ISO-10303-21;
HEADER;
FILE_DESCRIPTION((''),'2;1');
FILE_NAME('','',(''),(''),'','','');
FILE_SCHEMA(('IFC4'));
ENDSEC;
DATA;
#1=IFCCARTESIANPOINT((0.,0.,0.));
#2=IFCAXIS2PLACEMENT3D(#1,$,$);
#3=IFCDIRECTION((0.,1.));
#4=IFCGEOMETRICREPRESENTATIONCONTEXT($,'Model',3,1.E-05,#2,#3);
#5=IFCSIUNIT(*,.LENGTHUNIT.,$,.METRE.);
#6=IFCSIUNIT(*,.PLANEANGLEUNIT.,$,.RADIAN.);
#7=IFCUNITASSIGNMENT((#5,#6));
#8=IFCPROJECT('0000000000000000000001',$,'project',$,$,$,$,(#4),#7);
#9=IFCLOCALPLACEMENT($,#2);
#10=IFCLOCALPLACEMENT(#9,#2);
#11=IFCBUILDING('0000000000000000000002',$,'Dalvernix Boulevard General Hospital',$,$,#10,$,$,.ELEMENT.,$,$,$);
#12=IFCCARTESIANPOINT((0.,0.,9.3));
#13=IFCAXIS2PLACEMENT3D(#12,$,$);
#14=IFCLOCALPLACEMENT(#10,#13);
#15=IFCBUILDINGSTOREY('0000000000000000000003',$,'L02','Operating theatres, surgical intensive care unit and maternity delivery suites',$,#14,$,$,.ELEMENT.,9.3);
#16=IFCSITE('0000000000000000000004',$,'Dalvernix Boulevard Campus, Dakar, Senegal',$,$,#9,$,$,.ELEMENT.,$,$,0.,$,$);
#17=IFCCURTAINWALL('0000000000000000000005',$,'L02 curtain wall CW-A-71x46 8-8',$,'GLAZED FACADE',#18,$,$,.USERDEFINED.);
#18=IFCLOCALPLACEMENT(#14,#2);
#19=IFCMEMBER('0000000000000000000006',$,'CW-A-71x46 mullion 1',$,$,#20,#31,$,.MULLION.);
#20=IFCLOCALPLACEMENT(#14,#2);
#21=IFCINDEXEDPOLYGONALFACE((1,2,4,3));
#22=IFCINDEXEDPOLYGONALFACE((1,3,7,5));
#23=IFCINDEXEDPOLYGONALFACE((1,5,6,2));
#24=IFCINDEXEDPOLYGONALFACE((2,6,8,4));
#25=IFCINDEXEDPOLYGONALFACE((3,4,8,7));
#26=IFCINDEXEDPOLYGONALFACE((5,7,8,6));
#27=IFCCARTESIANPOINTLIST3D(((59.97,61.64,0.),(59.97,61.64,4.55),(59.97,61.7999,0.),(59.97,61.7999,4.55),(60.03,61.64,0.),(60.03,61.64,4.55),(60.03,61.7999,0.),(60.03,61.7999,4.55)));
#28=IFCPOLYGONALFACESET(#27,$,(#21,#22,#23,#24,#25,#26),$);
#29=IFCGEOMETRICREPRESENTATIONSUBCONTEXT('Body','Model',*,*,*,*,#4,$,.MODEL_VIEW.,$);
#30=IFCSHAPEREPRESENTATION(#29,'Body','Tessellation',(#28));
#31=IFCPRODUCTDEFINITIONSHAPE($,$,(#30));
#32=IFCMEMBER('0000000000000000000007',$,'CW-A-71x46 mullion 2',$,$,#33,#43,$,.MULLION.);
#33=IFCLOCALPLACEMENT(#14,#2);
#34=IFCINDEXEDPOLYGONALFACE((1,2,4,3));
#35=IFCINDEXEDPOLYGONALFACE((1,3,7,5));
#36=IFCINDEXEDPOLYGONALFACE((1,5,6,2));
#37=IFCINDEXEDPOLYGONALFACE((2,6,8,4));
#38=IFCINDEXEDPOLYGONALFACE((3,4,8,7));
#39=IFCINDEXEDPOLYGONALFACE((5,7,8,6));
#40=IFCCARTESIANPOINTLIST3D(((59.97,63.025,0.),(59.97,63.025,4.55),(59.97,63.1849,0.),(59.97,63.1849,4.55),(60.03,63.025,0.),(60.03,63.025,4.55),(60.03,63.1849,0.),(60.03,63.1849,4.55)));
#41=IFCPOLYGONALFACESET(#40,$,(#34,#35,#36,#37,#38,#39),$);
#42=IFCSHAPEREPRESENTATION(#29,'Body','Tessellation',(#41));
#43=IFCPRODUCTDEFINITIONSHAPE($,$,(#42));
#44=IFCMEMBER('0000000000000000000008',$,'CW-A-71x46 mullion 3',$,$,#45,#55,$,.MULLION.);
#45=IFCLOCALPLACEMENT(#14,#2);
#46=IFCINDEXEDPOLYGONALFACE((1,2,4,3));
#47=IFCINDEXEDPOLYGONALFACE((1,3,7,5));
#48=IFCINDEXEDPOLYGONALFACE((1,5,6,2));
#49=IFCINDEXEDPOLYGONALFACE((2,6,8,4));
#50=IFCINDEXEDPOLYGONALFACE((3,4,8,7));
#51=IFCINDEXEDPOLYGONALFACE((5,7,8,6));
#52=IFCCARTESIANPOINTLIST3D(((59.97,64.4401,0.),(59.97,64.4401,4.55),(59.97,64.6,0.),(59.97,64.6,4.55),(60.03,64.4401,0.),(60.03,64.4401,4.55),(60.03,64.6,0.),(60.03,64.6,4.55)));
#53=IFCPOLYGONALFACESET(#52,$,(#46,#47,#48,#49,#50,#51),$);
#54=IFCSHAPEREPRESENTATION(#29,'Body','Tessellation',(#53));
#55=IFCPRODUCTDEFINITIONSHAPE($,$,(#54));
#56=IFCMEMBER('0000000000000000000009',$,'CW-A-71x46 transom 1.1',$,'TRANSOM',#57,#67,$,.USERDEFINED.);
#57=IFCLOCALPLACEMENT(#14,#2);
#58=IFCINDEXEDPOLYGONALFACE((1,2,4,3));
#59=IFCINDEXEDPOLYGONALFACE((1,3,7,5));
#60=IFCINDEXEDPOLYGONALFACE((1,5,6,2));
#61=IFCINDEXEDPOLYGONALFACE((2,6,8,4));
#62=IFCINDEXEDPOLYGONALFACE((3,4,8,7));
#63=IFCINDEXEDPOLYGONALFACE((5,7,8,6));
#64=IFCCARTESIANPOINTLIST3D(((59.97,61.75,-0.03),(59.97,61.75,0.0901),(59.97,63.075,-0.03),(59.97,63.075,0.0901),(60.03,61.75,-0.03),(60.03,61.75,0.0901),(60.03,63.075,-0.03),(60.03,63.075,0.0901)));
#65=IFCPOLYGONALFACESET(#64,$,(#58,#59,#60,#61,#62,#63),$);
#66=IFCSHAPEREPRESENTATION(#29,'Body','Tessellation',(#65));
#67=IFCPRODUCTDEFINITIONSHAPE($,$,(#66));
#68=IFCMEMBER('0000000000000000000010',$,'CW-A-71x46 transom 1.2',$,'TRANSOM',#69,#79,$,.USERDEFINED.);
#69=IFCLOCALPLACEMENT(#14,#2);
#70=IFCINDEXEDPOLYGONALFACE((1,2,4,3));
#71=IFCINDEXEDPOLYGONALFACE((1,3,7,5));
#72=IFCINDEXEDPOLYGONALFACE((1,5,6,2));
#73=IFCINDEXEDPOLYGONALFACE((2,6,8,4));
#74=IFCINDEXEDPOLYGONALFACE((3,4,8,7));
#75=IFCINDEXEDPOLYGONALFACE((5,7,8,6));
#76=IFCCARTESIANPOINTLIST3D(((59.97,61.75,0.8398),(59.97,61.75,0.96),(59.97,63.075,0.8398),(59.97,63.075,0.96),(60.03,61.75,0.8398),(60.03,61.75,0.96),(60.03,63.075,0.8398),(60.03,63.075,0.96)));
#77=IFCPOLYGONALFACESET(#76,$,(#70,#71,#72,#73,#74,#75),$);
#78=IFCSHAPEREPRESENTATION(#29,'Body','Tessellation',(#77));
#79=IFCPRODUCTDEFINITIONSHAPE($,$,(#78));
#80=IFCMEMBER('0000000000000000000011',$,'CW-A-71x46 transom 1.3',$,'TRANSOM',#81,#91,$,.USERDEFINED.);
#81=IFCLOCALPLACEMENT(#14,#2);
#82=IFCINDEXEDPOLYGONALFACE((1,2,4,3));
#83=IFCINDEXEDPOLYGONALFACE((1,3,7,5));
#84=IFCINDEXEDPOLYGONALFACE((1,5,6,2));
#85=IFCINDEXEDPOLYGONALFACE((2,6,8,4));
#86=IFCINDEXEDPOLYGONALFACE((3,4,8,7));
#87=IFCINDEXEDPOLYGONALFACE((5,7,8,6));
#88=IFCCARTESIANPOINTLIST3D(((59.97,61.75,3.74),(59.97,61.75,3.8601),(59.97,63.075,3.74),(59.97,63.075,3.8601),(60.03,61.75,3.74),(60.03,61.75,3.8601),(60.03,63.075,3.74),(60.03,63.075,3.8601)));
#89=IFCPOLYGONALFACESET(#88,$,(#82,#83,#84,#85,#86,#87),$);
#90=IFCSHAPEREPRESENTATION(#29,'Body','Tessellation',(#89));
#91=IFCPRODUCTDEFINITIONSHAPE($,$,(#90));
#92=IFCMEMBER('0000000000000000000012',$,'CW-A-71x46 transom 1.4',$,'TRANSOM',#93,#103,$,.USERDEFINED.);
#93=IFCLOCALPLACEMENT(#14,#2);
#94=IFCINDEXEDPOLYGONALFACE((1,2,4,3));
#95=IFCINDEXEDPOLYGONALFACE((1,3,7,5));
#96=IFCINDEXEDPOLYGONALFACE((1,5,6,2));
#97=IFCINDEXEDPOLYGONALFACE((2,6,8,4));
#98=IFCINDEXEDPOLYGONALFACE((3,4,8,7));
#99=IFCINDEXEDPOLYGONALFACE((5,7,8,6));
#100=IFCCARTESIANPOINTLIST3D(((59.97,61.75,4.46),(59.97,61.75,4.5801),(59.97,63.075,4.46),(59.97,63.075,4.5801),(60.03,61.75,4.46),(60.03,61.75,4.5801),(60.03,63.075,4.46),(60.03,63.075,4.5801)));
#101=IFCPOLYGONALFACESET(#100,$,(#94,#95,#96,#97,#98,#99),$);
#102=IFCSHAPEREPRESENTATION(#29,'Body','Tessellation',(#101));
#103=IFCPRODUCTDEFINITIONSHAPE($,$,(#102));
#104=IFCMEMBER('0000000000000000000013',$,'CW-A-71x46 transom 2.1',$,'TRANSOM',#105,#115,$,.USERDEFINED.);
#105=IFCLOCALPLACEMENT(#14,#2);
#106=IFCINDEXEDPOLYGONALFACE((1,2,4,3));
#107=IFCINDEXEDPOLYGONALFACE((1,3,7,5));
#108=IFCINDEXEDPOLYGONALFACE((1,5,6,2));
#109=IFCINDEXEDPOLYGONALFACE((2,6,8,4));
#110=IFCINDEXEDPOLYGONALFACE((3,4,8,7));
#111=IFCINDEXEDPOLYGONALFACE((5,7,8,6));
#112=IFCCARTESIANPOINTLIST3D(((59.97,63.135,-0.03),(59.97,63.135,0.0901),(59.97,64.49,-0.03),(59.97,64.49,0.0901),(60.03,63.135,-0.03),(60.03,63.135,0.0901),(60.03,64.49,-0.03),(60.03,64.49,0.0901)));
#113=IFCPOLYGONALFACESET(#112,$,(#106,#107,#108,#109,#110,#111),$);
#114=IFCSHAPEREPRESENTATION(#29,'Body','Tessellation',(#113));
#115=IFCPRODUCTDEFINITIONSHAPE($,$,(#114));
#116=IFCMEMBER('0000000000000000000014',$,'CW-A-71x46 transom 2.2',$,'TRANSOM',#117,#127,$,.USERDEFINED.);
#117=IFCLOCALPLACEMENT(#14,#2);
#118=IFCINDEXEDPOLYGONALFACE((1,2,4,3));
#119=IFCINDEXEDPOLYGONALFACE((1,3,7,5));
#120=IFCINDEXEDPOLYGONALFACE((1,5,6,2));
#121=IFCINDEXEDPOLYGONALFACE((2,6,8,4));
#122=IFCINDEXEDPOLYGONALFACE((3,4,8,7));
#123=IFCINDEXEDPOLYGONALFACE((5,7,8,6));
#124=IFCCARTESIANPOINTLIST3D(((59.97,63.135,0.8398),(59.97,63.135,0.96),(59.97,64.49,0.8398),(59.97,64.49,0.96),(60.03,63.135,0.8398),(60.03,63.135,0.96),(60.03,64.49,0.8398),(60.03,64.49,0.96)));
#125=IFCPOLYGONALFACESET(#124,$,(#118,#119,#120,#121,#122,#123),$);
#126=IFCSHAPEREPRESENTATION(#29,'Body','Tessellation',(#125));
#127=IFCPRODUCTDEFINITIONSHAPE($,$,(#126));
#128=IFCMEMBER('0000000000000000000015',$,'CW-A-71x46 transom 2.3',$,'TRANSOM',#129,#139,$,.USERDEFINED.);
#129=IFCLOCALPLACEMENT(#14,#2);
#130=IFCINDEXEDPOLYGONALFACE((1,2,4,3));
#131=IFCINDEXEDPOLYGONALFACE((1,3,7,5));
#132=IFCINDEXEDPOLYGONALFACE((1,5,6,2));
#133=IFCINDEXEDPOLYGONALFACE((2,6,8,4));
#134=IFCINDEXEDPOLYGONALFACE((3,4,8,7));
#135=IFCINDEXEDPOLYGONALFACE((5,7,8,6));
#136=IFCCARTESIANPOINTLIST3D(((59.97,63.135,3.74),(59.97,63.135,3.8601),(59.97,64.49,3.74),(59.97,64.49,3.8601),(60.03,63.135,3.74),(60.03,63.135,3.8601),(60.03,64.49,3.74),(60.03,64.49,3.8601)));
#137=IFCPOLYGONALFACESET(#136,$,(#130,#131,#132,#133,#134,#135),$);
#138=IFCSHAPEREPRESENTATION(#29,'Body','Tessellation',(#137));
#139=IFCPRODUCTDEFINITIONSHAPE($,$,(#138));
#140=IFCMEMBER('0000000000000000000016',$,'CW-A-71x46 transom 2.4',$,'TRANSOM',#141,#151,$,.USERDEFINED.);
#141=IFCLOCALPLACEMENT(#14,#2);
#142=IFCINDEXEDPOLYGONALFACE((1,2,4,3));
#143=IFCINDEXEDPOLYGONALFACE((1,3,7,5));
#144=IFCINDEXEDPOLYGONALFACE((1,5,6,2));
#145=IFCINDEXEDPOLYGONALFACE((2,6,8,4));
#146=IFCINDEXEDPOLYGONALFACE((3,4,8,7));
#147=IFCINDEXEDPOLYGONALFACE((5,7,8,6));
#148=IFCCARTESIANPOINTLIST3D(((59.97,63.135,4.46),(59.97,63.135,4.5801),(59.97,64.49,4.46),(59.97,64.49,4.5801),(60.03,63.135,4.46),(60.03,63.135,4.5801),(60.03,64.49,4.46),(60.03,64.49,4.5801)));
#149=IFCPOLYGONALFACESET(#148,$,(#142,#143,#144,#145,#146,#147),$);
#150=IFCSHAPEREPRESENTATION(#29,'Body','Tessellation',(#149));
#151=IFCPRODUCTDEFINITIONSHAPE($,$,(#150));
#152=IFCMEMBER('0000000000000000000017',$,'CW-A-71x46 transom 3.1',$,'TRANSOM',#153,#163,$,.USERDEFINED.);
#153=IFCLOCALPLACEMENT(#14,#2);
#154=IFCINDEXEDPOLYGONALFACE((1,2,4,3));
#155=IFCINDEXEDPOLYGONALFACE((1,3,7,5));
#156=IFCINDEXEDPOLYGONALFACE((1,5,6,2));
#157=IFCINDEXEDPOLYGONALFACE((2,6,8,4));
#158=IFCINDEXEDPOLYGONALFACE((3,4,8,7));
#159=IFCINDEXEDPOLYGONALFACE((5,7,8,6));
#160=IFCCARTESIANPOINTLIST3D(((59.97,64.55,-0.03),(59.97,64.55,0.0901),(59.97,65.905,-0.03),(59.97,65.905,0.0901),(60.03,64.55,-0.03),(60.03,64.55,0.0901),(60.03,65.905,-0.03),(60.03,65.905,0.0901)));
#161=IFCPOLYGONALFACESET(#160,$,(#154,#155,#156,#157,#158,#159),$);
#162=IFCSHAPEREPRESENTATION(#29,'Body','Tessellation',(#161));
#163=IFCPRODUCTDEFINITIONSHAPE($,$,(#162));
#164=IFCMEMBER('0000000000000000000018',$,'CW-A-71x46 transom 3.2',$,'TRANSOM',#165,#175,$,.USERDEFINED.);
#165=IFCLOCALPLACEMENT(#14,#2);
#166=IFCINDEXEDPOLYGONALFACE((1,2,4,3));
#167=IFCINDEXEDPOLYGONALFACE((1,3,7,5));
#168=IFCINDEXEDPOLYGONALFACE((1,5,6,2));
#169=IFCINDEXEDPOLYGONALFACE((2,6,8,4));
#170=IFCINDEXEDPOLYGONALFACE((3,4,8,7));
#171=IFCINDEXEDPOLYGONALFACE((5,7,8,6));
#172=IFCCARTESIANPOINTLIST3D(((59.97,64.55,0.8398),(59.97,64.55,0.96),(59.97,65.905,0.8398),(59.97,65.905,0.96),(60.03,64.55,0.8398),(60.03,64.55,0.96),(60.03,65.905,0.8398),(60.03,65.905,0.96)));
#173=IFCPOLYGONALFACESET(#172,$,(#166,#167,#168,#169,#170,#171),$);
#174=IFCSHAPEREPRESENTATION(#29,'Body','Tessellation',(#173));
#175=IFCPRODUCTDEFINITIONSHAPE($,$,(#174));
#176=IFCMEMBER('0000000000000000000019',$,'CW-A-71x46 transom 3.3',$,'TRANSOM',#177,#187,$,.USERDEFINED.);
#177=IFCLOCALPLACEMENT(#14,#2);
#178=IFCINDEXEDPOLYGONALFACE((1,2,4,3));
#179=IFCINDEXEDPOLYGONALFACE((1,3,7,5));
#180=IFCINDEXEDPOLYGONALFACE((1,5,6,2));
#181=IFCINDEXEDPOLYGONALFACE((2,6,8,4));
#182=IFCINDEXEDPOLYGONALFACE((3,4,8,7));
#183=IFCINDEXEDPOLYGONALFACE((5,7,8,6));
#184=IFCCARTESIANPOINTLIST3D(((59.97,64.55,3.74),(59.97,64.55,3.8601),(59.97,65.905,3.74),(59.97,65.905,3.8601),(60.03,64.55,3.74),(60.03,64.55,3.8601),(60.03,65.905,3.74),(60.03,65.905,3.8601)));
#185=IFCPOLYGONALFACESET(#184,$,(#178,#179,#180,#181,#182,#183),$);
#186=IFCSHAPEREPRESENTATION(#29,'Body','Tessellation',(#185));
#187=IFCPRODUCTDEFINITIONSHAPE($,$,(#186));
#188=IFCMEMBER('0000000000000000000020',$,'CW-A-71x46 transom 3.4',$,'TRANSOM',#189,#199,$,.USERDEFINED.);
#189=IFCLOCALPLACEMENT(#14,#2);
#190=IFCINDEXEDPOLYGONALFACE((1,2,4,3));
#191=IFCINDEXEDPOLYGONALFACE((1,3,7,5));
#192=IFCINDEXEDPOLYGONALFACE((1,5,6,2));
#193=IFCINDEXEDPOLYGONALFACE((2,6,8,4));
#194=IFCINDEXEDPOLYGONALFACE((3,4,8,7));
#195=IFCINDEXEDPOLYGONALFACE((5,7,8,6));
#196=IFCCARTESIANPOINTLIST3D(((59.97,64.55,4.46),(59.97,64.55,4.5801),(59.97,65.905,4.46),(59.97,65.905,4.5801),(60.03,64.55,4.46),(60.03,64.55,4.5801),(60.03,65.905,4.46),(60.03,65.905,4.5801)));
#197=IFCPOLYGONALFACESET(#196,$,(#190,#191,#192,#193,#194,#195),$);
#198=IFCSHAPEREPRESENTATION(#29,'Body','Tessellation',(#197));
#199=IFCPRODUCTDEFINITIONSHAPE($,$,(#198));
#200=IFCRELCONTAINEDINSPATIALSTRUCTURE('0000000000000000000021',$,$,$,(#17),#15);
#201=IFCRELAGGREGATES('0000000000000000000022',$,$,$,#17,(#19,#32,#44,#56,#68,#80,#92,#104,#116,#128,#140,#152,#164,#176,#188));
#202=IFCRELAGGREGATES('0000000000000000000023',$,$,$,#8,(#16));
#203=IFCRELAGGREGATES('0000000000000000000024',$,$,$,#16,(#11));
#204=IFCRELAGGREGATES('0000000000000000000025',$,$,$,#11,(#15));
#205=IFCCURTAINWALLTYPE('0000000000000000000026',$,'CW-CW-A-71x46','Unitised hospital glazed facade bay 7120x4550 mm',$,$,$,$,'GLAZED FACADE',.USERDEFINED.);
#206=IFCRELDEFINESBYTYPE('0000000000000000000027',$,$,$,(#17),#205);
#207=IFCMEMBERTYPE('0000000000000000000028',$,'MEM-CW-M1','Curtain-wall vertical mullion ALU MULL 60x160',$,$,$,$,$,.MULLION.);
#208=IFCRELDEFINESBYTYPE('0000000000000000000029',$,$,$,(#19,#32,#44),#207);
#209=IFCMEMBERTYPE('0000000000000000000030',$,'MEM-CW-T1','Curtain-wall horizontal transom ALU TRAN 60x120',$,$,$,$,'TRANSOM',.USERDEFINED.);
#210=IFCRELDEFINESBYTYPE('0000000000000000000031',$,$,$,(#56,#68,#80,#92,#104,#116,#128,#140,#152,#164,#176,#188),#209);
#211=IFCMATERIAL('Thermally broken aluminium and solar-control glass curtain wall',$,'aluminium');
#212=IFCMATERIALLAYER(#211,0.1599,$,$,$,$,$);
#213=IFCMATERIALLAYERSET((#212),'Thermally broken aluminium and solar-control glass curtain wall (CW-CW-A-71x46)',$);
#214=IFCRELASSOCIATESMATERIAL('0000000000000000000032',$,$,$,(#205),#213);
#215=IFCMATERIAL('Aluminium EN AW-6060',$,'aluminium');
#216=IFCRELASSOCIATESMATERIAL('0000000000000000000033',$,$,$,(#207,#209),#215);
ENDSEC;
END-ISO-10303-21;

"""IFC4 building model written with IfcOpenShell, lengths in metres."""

from ifc_helpers import new_model, si_unit, direction, frame, origin, origin_2d, place, context, subcontext, project, spatial, rectangle, extrude, material, layer, layer_set, material_profile, profile_set, type_object, element, aggregate, save


model = new_model("IFC4")

# Units and contexts
model_context = context("Model", 3, precision=1e-05, world=origin(), true_north=direction((0.0, 1.0)))
body_context = subcontext(model_context, "Body", "Model", "MODEL_VIEW")
ifc_project = project(units=[si_unit("LENGTHUNIT", "METRE"), si_unit("PLANEANGLEUNIT", "RADIAN")], contexts=[model_context])

# Site, building, storey
site_placement = place(None, origin())
site = spatial("IfcSite", under=ifc_project, at=site_placement, Name="Dalvernix Boulevard Campus, Dakar, Senegal", CompositionType="ELEMENT", RefElevation=0.0)
building_placement = place(site_placement, origin())
building = spatial("IfcBuilding", under=site, at=building_placement, Name="Dalvernix Boulevard General Hospital", CompositionType="ELEMENT")
storey_placement = place(building_placement, frame((0.0, 0.0, 9.3)))
storey = spatial("IfcBuildingStorey", under=building, at=storey_placement, Name="L02", Description="Operating theatres, surgical intensive care unit and maternity delivery suites", CompositionType="ELEMENT", Elevation=9.3)

# Curtain wall, members
ifc_material_1 = material(Name="Thermally broken aluminium and solar-control glass curtain wall", Category="aluminium")
ifc_layer_1 = layer(ifc_material_1, 0.1599)
ifc_layer_set_1 = layer_set([ifc_layer_1], Name="Thermally broken aluminium and solar-control glass curtain wall (CW-CW-A-71x46)")
curtain_wall_type = type_object("IfcCurtainWallType", Name="CW-CW-A-71x46", Description="Unitised hospital glazed facade bay 7120x4550 mm", ElementType="GLAZED FACADE", PredefinedType="USERDEFINED", material=ifc_layer_set_1)
curtain_wall_placement = place(storey_placement, origin())
curtain_wall = element("IfcCurtainWall", 1, at=curtain_wall_placement, inside=storey, type_object=curtain_wall_type, Name="L02 curtain wall CW-A-71x46 8-8", ObjectType="GLAZED FACADE", PredefinedType="USERDEFINED")
ifc_material_2 = material(Name="Aluminium EN AW-6060", Category="aluminium")
ifc_material_profile_1 = material_profile(ifc_material_2, rectangle(XDim=0.0601, YDim=0.1599, at=origin_2d()), Name="ALU MULL 60x160")
ifc_profile_set_1 = profile_set([ifc_material_profile_1], Name="Aluminium EN AW-6060")
member_type_1 = type_object("IfcMemberType", Name="MEM-CW-M1", Description="Curtain-wall vertical mullion ALU MULL 60x160", PredefinedType="MULLION", material=ifc_profile_set_1)
member_1_placement = place(storey_placement, frame((60.0, 61.72, 0.0), z_axis=(0.0, 0.0, 1.0), x_axis=(-1.0, 0.0, 0.0)))
member_1 = element("IfcMember", 2, at=member_1_placement, type_object=member_type_1, Name="CW-A-71x46 mullion 1", PredefinedType="MULLION", context=body_context, shape_type="SweptSolid", body=[
    extrude(rectangle(XDim=0.0601, YDim=0.1599, at=origin_2d()), origin(), (0.0, 0.0, 1.0), 4.55),
])
member_2_placement = place(storey_placement, frame((60.0, 63.105, 0.0), z_axis=(0.0, 0.0, 1.0), x_axis=(-1.0, 0.0, 0.0)))
member_2 = element("IfcMember", 3, at=member_2_placement, type_object=member_type_1, Name="CW-A-71x46 mullion 2", PredefinedType="MULLION", context=body_context, shape_type="SweptSolid", body=[
    extrude(rectangle(XDim=0.0601, YDim=0.1599, at=origin_2d()), origin(), (0.0, 0.0, 1.0), 4.55),
])
member_3_placement = place(storey_placement, frame((60.0, 64.52, 0.0), z_axis=(0.0, 0.0, 1.0), x_axis=(-1.0, 0.0, 0.0)))
member_3 = element("IfcMember", 4, at=member_3_placement, type_object=member_type_1, Name="CW-A-71x46 mullion 3", PredefinedType="MULLION", context=body_context, shape_type="SweptSolid", body=[
    extrude(rectangle(XDim=0.0601, YDim=0.1599, at=origin_2d()), origin(), (0.0, 0.0, 1.0), 4.55),
])
ifc_material_profile_2 = material_profile(ifc_material_2, rectangle(XDim=0.0601, YDim=0.1201, at=origin_2d()), Name="ALU TRAN 60x120")
ifc_profile_set_2 = profile_set([ifc_material_profile_2], Name="Aluminium EN AW-6060")
member_type_2 = type_object("IfcMemberType", Name="MEM-CW-T1", Description="Curtain-wall horizontal transom ALU TRAN 60x120", ElementType="TRANSOM", PredefinedType="USERDEFINED", material=ifc_profile_set_2)
member_4_placement = place(storey_placement, frame((60.0, 61.75, 0.03), z_axis=(0.0, 1.0, 0.0), x_axis=(-1.0, 0.0, 0.0)))
member_4 = element("IfcMember", 5, at=member_4_placement, type_object=member_type_2, Name="CW-A-71x46 transom 1.1", ObjectType="TRANSOM", PredefinedType="USERDEFINED", context=body_context, shape_type="SweptSolid", body=[
    extrude(rectangle(XDim=0.0601, YDim=0.1201, at=origin_2d()), origin(), (0.0, 0.0, 1.0), 1.325),
])
member_5_placement = place(storey_placement, frame((60.0, 61.75, 0.8999), z_axis=(0.0, 1.0, 0.0), x_axis=(-1.0, 0.0, 0.0)))
member_5 = element("IfcMember", 6, at=member_5_placement, type_object=member_type_2, Name="CW-A-71x46 transom 1.2", ObjectType="TRANSOM", PredefinedType="USERDEFINED", context=body_context, shape_type="SweptSolid", body=[
    extrude(rectangle(XDim=0.0601, YDim=0.1201, at=origin_2d()), origin(), (0.0, 0.0, 1.0), 1.325),
])
member_6_placement = place(storey_placement, frame((60.0, 61.75, 3.8), z_axis=(0.0, 1.0, 0.0), x_axis=(-1.0, 0.0, 0.0)))
member_6 = element("IfcMember", 7, at=member_6_placement, type_object=member_type_2, Name="CW-A-71x46 transom 1.3", ObjectType="TRANSOM", PredefinedType="USERDEFINED", context=body_context, shape_type="SweptSolid", body=[
    extrude(rectangle(XDim=0.0601, YDim=0.1201, at=origin_2d()), origin(), (0.0, 0.0, 1.0), 1.325),
])
member_7_placement = place(storey_placement, frame((60.0, 61.75, 4.52), z_axis=(0.0, 1.0, 0.0), x_axis=(-1.0, 0.0, 0.0)))
member_7 = element("IfcMember", 8, at=member_7_placement, type_object=member_type_2, Name="CW-A-71x46 transom 1.4", ObjectType="TRANSOM", PredefinedType="USERDEFINED", context=body_context, shape_type="SweptSolid", body=[
    extrude(rectangle(XDim=0.0601, YDim=0.1201, at=origin_2d()), origin(), (0.0, 0.0, 1.0), 1.325),
])
member_8_placement = place(storey_placement, frame((60.0, 63.135, 0.03), z_axis=(0.0, 1.0, 0.0), x_axis=(-1.0, 0.0, 0.0)))
member_8 = element("IfcMember", 9, at=member_8_placement, type_object=member_type_2, Name="CW-A-71x46 transom 2.1", ObjectType="TRANSOM", PredefinedType="USERDEFINED", context=body_context, shape_type="SweptSolid", body=[
    extrude(rectangle(XDim=0.0601, YDim=0.1201, at=origin_2d()), origin(), (0.0, 0.0, 1.0), 1.355),
])
member_9_placement = place(storey_placement, frame((60.0, 63.135, 0.8999), z_axis=(0.0, 1.0, 0.0), x_axis=(-1.0, 0.0, 0.0)))
member_9 = element("IfcMember", 10, at=member_9_placement, type_object=member_type_2, Name="CW-A-71x46 transom 2.2", ObjectType="TRANSOM", PredefinedType="USERDEFINED", context=body_context, shape_type="SweptSolid", body=[
    extrude(rectangle(XDim=0.0601, YDim=0.1201, at=origin_2d()), origin(), (0.0, 0.0, 1.0), 1.355),
])
member_10_placement = place(storey_placement, frame((60.0, 63.135, 3.8), z_axis=(0.0, 1.0, 0.0), x_axis=(-1.0, 0.0, 0.0)))
member_10 = element("IfcMember", 11, at=member_10_placement, type_object=member_type_2, Name="CW-A-71x46 transom 2.3", ObjectType="TRANSOM", PredefinedType="USERDEFINED", context=body_context, shape_type="SweptSolid", body=[
    extrude(rectangle(XDim=0.0601, YDim=0.1201, at=origin_2d()), origin(), (0.0, 0.0, 1.0), 1.355),
])
member_11_placement = place(storey_placement, frame((60.0, 63.135, 4.52), z_axis=(0.0, 1.0, 0.0), x_axis=(-1.0, 0.0, 0.0)))
member_11 = element("IfcMember", 12, at=member_11_placement, type_object=member_type_2, Name="CW-A-71x46 transom 2.4", ObjectType="TRANSOM", PredefinedType="USERDEFINED", context=body_context, shape_type="SweptSolid", body=[
    extrude(rectangle(XDim=0.0601, YDim=0.1201, at=origin_2d()), origin(), (0.0, 0.0, 1.0), 1.355),
])
member_12_placement = place(storey_placement, frame((60.0, 64.55, 0.03), z_axis=(0.0, 1.0, 0.0), x_axis=(-1.0, 0.0, 0.0)))
member_12 = element("IfcMember", 13, at=member_12_placement, type_object=member_type_2, Name="CW-A-71x46 transom 3.1", ObjectType="TRANSOM", PredefinedType="USERDEFINED", context=body_context, shape_type="SweptSolid", body=[
    extrude(rectangle(XDim=0.0601, YDim=0.1201, at=origin_2d()), origin(), (0.0, 0.0, 1.0), 1.355),
])
member_13_placement = place(storey_placement, frame((60.0, 64.55, 0.8999), z_axis=(0.0, 1.0, 0.0), x_axis=(-1.0, 0.0, 0.0)))
member_13 = element("IfcMember", 14, at=member_13_placement, type_object=member_type_2, Name="CW-A-71x46 transom 3.2", ObjectType="TRANSOM", PredefinedType="USERDEFINED", context=body_context, shape_type="SweptSolid", body=[
    extrude(rectangle(XDim=0.0601, YDim=0.1201, at=origin_2d()), origin(), (0.0, 0.0, 1.0), 1.355),
])
member_14_placement = place(storey_placement, frame((60.0, 64.55, 3.8), z_axis=(0.0, 1.0, 0.0), x_axis=(-1.0, 0.0, 0.0)))
member_14 = element("IfcMember", 15, at=member_14_placement, type_object=member_type_2, Name="CW-A-71x46 transom 3.3", ObjectType="TRANSOM", PredefinedType="USERDEFINED", context=body_context, shape_type="SweptSolid", body=[
    extrude(rectangle(XDim=0.0601, YDim=0.1201, at=origin_2d()), origin(), (0.0, 0.0, 1.0), 1.355),
])
member_15_placement = place(storey_placement, frame((60.0, 64.55, 4.52), z_axis=(0.0, 1.0, 0.0), x_axis=(-1.0, 0.0, 0.0)))
member_15 = element("IfcMember", 16, at=member_15_placement, type_object=member_type_2, Name="CW-A-71x46 transom 3.4", ObjectType="TRANSOM", PredefinedType="USERDEFINED", context=body_context, shape_type="SweptSolid", body=[
    extrude(rectangle(XDim=0.0601, YDim=0.1201, at=origin_2d()), origin(), (0.0, 0.0, 1.0), 1.355),
])
aggregate(curtain_wall, [member_1, member_2, member_3, member_4, member_5, member_6, member_7, member_8, member_9, member_10, member_11, member_12, member_13, member_14, member_15])

save(model, "model.ifc")
